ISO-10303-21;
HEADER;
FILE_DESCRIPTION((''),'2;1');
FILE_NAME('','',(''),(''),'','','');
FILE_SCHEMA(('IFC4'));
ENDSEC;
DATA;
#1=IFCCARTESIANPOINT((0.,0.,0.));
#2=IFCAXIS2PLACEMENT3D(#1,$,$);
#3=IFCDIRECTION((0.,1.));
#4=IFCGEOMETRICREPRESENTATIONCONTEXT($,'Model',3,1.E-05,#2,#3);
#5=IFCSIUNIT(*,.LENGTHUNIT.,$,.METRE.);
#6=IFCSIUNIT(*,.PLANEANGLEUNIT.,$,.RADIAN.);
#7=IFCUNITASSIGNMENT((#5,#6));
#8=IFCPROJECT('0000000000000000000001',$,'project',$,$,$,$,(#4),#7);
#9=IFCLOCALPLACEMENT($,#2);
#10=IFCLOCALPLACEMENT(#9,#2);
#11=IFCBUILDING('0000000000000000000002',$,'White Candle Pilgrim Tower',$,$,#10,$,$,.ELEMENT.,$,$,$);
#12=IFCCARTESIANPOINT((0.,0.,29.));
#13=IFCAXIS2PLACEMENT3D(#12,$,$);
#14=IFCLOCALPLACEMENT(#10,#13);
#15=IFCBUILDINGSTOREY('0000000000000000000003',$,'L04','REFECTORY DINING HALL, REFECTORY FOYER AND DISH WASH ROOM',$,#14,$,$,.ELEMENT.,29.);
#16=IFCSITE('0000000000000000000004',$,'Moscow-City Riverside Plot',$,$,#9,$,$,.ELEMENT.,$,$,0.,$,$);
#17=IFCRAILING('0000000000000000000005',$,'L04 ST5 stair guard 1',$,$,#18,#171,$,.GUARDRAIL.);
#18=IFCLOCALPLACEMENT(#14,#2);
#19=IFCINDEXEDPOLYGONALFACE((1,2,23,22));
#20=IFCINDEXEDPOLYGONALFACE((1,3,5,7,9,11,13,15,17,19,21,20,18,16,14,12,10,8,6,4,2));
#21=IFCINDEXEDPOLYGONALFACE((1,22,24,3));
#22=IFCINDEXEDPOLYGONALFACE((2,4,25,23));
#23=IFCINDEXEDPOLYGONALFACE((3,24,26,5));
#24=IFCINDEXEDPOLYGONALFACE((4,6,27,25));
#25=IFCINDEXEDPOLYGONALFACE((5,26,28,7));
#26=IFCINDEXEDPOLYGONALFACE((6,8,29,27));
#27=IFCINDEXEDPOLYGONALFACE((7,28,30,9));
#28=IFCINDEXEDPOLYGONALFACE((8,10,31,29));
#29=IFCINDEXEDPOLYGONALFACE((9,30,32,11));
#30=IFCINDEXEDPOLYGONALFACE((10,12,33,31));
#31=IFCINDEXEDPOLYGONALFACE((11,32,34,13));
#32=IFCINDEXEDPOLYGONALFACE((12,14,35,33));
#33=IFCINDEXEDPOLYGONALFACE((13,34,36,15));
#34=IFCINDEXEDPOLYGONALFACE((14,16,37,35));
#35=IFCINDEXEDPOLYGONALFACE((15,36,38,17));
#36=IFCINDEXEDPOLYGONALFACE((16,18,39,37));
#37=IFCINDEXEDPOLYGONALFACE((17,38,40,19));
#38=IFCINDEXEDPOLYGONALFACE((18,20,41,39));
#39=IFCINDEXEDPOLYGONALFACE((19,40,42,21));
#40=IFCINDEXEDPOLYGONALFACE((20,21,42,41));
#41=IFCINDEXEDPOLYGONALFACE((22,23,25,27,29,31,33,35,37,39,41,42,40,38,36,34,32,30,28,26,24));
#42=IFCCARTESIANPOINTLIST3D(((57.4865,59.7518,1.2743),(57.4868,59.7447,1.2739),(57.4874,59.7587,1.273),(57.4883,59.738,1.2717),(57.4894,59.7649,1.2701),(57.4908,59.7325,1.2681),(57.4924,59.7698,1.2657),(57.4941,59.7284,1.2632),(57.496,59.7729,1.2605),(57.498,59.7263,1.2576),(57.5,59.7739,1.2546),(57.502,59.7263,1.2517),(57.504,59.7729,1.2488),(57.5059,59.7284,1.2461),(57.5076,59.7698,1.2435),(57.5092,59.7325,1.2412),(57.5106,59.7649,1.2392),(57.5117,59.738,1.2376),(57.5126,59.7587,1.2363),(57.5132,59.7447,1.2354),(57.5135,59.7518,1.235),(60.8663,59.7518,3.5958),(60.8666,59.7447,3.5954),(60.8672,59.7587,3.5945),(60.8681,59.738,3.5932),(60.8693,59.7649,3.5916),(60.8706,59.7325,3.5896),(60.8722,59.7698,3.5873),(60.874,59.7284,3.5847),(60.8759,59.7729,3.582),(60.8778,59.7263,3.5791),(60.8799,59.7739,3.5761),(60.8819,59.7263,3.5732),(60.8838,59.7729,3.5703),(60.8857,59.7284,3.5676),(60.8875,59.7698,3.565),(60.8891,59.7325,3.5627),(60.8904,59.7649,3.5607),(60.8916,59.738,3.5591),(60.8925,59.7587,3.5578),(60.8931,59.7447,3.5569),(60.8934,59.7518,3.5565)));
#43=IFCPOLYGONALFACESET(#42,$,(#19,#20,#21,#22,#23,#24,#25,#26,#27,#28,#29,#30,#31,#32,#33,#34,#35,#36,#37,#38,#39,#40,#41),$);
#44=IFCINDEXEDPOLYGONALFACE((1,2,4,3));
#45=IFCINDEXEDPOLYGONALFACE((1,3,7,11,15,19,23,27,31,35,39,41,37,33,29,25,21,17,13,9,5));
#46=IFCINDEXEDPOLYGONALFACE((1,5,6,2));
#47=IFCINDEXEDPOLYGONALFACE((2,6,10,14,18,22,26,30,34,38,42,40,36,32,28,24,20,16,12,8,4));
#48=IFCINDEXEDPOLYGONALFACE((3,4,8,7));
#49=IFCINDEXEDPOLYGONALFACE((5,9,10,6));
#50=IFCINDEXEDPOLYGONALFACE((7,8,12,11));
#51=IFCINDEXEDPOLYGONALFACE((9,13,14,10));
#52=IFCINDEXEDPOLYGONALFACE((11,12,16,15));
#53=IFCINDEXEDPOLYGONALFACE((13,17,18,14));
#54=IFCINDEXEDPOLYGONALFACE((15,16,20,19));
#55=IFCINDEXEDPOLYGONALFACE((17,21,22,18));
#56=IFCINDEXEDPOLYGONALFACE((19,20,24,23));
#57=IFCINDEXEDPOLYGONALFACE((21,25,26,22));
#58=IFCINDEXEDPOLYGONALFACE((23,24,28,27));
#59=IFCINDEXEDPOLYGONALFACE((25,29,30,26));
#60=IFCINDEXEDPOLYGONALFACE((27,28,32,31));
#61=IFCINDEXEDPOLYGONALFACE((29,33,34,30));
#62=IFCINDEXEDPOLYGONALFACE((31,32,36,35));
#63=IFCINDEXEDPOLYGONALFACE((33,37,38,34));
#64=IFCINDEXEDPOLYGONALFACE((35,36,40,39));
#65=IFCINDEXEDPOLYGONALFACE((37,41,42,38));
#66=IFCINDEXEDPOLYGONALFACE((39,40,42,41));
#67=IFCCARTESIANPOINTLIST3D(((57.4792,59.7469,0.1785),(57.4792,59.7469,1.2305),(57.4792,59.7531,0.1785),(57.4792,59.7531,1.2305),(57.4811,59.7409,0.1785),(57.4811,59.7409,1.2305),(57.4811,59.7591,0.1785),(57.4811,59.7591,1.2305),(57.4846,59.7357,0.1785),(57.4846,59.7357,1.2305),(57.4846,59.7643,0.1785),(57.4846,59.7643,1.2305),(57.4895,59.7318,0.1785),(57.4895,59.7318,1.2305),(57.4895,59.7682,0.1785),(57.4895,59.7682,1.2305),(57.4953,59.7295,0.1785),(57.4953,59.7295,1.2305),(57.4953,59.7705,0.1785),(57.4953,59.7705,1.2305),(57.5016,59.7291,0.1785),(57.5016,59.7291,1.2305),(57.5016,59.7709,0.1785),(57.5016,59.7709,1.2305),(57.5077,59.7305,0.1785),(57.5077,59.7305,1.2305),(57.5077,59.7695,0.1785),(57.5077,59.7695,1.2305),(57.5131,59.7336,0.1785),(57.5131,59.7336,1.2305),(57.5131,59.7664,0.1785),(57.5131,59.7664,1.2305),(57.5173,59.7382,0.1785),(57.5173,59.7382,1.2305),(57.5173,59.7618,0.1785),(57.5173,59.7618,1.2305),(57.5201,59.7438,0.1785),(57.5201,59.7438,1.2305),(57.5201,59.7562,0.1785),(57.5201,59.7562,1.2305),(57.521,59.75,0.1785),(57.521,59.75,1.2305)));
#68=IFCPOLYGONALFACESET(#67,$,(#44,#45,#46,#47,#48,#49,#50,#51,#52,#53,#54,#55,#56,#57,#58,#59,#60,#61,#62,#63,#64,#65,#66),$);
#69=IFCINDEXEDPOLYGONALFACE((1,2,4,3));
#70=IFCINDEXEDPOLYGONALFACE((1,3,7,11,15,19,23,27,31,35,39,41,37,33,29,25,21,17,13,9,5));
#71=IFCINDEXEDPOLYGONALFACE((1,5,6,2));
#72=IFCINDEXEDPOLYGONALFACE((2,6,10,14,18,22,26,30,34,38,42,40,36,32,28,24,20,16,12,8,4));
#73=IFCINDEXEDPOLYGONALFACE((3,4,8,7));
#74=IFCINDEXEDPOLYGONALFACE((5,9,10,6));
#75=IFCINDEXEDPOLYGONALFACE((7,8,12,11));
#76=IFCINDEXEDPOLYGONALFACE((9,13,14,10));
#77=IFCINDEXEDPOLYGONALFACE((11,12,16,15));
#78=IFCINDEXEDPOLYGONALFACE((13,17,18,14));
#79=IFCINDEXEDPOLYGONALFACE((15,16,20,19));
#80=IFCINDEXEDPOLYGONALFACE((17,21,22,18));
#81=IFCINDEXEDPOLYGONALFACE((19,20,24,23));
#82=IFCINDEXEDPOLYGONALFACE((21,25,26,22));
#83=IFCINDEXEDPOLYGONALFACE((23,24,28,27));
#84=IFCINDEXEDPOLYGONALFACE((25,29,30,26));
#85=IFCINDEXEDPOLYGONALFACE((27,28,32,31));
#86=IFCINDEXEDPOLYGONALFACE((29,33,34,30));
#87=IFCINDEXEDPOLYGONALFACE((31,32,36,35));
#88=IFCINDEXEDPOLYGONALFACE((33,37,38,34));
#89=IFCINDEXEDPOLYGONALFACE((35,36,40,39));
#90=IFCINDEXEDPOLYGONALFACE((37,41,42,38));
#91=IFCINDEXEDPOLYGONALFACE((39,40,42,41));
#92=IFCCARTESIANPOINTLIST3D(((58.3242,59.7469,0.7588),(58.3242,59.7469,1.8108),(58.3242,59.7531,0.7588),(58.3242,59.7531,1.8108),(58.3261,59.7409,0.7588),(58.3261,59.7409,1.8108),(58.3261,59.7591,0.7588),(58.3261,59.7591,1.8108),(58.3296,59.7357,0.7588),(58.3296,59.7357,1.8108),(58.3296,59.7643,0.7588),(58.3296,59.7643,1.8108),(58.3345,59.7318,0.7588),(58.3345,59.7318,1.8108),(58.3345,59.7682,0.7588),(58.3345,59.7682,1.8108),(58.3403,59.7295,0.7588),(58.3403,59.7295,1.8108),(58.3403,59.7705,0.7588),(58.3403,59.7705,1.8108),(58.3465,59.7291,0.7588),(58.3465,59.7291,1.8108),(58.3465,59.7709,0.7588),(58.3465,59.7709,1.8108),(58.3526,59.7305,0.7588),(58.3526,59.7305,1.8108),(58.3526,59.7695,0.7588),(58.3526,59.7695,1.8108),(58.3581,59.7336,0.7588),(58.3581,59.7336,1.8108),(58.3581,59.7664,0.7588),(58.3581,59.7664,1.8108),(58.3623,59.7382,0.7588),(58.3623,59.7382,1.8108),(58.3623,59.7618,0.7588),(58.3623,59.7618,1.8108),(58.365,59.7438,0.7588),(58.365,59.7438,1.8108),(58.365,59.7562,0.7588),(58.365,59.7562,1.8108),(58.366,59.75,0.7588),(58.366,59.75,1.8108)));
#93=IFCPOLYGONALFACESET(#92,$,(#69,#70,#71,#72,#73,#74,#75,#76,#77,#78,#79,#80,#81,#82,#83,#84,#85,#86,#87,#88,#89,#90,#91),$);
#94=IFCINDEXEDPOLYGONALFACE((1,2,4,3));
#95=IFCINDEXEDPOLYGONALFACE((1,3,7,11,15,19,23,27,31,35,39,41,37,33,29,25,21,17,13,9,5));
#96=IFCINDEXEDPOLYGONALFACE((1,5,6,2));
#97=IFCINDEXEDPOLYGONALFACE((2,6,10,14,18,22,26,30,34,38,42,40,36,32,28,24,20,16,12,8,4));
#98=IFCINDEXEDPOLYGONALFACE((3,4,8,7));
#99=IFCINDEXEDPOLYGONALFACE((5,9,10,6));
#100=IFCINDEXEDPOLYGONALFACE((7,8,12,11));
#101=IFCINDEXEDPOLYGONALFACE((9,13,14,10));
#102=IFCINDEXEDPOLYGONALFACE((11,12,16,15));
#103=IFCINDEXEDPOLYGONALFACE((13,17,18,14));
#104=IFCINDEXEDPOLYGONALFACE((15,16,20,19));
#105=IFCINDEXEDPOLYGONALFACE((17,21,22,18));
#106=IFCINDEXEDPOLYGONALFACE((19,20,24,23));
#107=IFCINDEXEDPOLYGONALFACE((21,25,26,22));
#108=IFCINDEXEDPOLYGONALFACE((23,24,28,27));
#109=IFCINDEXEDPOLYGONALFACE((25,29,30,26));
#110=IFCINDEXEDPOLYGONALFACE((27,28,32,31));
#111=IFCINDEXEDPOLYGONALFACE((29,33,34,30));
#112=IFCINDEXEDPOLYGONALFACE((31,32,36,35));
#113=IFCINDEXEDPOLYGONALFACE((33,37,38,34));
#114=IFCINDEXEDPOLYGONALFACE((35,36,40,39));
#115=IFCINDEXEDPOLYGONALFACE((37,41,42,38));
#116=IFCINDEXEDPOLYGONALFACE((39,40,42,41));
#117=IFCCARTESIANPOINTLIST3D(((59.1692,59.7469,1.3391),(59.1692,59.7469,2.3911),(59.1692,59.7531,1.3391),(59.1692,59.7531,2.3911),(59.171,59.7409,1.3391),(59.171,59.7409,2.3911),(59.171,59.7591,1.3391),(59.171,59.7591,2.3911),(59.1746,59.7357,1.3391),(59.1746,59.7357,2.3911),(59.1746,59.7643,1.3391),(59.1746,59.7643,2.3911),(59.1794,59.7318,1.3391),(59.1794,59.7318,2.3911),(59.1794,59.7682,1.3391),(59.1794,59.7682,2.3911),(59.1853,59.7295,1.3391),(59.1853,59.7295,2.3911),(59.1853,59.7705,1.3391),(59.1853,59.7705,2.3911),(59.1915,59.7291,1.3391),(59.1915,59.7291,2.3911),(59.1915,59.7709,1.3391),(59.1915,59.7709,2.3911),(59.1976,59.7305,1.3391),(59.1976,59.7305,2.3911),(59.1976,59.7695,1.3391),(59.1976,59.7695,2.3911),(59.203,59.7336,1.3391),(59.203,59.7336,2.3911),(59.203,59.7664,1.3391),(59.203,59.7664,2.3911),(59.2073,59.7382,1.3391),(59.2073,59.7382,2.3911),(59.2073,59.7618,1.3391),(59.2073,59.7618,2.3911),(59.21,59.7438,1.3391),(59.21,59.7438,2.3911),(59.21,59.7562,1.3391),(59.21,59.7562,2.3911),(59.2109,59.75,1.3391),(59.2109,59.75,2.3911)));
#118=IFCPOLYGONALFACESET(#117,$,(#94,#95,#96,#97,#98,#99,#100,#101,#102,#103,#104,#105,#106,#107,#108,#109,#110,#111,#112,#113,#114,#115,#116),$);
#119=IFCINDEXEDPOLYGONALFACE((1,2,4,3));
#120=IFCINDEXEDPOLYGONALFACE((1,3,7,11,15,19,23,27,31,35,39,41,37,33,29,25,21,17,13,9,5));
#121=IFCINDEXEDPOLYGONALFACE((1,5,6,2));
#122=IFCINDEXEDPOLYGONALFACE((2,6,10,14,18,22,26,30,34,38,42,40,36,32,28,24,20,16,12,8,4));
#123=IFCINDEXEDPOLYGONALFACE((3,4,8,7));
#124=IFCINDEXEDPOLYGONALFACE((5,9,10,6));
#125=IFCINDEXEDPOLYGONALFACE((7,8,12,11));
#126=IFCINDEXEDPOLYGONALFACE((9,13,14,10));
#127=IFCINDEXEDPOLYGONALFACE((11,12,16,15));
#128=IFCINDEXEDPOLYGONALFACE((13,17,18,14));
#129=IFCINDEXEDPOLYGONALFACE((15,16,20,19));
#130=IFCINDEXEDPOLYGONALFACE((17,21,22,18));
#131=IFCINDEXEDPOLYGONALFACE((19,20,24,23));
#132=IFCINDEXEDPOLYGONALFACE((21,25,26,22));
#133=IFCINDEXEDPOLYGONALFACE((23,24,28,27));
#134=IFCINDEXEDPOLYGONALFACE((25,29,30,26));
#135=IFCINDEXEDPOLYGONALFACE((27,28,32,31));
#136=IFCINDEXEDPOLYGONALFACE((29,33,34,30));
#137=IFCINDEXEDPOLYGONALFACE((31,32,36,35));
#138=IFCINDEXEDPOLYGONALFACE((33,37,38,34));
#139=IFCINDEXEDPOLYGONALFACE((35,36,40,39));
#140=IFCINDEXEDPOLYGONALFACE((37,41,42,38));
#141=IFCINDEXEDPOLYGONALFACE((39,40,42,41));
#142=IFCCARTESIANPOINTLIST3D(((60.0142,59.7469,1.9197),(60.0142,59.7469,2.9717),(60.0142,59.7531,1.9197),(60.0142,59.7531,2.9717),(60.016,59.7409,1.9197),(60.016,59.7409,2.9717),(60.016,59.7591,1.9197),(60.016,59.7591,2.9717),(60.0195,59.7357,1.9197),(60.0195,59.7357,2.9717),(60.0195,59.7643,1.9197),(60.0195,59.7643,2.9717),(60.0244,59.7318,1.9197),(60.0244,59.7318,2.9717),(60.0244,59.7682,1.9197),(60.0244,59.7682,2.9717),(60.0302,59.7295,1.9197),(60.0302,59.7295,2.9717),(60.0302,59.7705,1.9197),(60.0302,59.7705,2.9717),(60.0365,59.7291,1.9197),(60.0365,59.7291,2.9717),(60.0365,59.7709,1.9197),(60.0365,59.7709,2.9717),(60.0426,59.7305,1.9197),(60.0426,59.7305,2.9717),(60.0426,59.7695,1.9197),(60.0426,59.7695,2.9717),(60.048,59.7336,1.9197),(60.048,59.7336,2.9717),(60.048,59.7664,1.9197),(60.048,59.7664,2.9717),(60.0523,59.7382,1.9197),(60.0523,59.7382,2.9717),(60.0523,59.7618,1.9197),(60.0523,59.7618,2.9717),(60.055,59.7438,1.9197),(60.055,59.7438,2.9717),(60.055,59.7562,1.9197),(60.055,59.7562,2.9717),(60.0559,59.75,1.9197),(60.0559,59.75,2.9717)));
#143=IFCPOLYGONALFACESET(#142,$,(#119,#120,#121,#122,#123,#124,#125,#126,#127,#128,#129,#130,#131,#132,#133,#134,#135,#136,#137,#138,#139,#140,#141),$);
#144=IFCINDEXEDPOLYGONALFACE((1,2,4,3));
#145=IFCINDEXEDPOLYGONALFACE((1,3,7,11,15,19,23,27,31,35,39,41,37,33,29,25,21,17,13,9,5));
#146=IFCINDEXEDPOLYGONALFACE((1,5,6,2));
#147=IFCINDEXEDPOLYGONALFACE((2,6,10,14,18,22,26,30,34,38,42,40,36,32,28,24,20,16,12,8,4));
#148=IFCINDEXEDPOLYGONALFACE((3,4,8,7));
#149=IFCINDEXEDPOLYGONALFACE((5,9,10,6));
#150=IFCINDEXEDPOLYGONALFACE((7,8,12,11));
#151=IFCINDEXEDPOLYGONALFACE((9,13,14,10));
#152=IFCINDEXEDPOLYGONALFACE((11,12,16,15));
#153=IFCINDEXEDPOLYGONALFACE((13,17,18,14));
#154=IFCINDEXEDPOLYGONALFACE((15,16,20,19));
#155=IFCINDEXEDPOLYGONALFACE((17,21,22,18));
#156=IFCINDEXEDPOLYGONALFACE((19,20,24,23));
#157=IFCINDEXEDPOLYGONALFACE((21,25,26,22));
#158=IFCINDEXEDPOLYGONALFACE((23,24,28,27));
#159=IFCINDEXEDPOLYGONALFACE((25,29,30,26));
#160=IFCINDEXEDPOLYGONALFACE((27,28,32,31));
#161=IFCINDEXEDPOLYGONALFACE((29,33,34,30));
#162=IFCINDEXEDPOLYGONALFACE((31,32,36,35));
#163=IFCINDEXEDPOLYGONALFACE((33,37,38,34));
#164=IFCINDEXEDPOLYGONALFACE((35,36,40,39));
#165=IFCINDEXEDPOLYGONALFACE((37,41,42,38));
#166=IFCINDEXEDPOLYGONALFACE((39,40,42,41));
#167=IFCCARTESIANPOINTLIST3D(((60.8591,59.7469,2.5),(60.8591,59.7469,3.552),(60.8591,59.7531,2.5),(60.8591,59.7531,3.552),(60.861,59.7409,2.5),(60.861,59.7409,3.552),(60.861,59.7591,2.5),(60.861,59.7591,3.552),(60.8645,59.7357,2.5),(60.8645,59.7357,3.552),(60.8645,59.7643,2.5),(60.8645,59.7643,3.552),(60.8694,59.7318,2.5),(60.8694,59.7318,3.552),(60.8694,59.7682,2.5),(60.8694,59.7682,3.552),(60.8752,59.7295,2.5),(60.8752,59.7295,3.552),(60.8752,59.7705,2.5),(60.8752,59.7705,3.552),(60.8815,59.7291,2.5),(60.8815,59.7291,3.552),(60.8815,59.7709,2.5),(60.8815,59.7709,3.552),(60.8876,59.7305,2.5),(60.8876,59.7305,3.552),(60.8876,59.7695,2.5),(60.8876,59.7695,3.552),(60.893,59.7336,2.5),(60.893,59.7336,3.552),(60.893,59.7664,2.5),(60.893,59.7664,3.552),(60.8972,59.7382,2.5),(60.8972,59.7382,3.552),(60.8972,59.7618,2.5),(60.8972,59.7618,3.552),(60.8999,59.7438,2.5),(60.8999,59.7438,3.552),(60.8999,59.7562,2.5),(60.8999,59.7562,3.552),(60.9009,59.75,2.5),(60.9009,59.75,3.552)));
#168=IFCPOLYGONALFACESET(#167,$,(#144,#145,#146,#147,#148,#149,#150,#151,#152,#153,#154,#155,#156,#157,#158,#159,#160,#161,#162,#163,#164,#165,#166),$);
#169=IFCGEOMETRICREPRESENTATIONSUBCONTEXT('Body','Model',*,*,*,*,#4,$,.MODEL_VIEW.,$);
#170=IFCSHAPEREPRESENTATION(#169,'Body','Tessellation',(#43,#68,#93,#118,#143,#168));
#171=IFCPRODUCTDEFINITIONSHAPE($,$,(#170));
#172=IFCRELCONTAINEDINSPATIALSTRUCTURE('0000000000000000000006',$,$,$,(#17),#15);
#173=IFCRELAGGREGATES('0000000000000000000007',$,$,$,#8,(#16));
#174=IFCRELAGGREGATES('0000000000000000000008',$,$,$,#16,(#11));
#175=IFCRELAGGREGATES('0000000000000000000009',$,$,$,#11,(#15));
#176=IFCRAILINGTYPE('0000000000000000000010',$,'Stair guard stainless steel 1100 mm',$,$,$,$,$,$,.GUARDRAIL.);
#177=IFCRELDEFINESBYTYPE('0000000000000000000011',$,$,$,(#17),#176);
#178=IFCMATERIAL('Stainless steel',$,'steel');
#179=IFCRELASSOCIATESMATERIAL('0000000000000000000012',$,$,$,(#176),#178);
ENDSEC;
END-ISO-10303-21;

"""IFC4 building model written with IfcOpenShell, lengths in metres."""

from ifc_helpers import new_model, si_unit, direction, frame, origin, origin_2d, place, context, subcontext, project, spatial, circle, extrude, material, type_object, element, save


model = new_model("IFC4")

# Units and contexts
model_context = context("Model", 3, precision=1e-05, world=origin(), true_north=direction((0.0, 1.0)))
body_context = subcontext(model_context, "Body", "Model", "MODEL_VIEW")
ifc_project = project(units=[si_unit("LENGTHUNIT", "METRE"), si_unit("PLANEANGLEUNIT", "RADIAN")], contexts=[model_context])

# Site, building, storey
site_placement = place(None, origin())
site = spatial("IfcSite", under=ifc_project, at=site_placement, Name="Moscow-City Riverside Plot", CompositionType="ELEMENT", RefElevation=0.0)
building_placement = place(site_placement, origin())
building = spatial("IfcBuilding", under=site, at=building_placement, Name="White Candle Pilgrim Tower", CompositionType="ELEMENT")
storey_placement = place(building_placement, frame((0.0, 0.0, 29.0)))
storey = spatial("IfcBuildingStorey", under=building, at=storey_placement, Name="L04", Description="REFECTORY DINING HALL, REFECTORY FOYER AND DISH WASH ROOM", CompositionType="ELEMENT", Elevation=29.0)

# Railing
ifc_material_1 = material(Name="Stainless steel", Category="steel")
railing_type_1 = type_object("IfcRailingType", Name="Stair guard stainless steel 1100 mm", PredefinedType="GUARDRAIL", material=ifc_material_1)
railing_1_placement = place(storey_placement, frame((57.5, 59.75, 0.1785)))
element("IfcRailing", 1, at=railing_1_placement, inside=storey, type_object=railing_type_1, Name="L04 ST5 stair guard 1", PredefinedType="GUARDRAIL", context=body_context, shape_type="SweptSolid", body=[
    extrude(circle(Radius=0.0239, at=origin_2d()), frame((0.0, 0.0, 1.0762), z_axis=(0.824285, 0.0, 0.566175), x_axis=(0.0, 1.0, 0.0)), (0.0, 0.0, 1.0), 4.1003),
    extrude(circle(Radius=0.021, at=origin_2d()), origin(), (0.0, 0.0, 1.0), 1.052),
    extrude(circle(Radius=0.021, at=origin_2d()), frame((0.845, 0.0, 0.5803)), (0.0, 0.0, 1.0), 1.052),
    extrude(circle(Radius=0.021, at=origin_2d()), frame((1.6899, 0.0, 1.1606)), (0.0, 0.0, 1.0), 1.052),
    extrude(circle(Radius=0.021, at=origin_2d()), frame((2.5349, 0.0, 1.7412)), (0.0, 0.0, 1.0), 1.052),
    extrude(circle(Radius=0.021, at=origin_2d()), frame((3.3799, 0.0, 2.3215)), (0.0, 0.0, 1.0), 1.052),
])

save(model, "model.ifc")
